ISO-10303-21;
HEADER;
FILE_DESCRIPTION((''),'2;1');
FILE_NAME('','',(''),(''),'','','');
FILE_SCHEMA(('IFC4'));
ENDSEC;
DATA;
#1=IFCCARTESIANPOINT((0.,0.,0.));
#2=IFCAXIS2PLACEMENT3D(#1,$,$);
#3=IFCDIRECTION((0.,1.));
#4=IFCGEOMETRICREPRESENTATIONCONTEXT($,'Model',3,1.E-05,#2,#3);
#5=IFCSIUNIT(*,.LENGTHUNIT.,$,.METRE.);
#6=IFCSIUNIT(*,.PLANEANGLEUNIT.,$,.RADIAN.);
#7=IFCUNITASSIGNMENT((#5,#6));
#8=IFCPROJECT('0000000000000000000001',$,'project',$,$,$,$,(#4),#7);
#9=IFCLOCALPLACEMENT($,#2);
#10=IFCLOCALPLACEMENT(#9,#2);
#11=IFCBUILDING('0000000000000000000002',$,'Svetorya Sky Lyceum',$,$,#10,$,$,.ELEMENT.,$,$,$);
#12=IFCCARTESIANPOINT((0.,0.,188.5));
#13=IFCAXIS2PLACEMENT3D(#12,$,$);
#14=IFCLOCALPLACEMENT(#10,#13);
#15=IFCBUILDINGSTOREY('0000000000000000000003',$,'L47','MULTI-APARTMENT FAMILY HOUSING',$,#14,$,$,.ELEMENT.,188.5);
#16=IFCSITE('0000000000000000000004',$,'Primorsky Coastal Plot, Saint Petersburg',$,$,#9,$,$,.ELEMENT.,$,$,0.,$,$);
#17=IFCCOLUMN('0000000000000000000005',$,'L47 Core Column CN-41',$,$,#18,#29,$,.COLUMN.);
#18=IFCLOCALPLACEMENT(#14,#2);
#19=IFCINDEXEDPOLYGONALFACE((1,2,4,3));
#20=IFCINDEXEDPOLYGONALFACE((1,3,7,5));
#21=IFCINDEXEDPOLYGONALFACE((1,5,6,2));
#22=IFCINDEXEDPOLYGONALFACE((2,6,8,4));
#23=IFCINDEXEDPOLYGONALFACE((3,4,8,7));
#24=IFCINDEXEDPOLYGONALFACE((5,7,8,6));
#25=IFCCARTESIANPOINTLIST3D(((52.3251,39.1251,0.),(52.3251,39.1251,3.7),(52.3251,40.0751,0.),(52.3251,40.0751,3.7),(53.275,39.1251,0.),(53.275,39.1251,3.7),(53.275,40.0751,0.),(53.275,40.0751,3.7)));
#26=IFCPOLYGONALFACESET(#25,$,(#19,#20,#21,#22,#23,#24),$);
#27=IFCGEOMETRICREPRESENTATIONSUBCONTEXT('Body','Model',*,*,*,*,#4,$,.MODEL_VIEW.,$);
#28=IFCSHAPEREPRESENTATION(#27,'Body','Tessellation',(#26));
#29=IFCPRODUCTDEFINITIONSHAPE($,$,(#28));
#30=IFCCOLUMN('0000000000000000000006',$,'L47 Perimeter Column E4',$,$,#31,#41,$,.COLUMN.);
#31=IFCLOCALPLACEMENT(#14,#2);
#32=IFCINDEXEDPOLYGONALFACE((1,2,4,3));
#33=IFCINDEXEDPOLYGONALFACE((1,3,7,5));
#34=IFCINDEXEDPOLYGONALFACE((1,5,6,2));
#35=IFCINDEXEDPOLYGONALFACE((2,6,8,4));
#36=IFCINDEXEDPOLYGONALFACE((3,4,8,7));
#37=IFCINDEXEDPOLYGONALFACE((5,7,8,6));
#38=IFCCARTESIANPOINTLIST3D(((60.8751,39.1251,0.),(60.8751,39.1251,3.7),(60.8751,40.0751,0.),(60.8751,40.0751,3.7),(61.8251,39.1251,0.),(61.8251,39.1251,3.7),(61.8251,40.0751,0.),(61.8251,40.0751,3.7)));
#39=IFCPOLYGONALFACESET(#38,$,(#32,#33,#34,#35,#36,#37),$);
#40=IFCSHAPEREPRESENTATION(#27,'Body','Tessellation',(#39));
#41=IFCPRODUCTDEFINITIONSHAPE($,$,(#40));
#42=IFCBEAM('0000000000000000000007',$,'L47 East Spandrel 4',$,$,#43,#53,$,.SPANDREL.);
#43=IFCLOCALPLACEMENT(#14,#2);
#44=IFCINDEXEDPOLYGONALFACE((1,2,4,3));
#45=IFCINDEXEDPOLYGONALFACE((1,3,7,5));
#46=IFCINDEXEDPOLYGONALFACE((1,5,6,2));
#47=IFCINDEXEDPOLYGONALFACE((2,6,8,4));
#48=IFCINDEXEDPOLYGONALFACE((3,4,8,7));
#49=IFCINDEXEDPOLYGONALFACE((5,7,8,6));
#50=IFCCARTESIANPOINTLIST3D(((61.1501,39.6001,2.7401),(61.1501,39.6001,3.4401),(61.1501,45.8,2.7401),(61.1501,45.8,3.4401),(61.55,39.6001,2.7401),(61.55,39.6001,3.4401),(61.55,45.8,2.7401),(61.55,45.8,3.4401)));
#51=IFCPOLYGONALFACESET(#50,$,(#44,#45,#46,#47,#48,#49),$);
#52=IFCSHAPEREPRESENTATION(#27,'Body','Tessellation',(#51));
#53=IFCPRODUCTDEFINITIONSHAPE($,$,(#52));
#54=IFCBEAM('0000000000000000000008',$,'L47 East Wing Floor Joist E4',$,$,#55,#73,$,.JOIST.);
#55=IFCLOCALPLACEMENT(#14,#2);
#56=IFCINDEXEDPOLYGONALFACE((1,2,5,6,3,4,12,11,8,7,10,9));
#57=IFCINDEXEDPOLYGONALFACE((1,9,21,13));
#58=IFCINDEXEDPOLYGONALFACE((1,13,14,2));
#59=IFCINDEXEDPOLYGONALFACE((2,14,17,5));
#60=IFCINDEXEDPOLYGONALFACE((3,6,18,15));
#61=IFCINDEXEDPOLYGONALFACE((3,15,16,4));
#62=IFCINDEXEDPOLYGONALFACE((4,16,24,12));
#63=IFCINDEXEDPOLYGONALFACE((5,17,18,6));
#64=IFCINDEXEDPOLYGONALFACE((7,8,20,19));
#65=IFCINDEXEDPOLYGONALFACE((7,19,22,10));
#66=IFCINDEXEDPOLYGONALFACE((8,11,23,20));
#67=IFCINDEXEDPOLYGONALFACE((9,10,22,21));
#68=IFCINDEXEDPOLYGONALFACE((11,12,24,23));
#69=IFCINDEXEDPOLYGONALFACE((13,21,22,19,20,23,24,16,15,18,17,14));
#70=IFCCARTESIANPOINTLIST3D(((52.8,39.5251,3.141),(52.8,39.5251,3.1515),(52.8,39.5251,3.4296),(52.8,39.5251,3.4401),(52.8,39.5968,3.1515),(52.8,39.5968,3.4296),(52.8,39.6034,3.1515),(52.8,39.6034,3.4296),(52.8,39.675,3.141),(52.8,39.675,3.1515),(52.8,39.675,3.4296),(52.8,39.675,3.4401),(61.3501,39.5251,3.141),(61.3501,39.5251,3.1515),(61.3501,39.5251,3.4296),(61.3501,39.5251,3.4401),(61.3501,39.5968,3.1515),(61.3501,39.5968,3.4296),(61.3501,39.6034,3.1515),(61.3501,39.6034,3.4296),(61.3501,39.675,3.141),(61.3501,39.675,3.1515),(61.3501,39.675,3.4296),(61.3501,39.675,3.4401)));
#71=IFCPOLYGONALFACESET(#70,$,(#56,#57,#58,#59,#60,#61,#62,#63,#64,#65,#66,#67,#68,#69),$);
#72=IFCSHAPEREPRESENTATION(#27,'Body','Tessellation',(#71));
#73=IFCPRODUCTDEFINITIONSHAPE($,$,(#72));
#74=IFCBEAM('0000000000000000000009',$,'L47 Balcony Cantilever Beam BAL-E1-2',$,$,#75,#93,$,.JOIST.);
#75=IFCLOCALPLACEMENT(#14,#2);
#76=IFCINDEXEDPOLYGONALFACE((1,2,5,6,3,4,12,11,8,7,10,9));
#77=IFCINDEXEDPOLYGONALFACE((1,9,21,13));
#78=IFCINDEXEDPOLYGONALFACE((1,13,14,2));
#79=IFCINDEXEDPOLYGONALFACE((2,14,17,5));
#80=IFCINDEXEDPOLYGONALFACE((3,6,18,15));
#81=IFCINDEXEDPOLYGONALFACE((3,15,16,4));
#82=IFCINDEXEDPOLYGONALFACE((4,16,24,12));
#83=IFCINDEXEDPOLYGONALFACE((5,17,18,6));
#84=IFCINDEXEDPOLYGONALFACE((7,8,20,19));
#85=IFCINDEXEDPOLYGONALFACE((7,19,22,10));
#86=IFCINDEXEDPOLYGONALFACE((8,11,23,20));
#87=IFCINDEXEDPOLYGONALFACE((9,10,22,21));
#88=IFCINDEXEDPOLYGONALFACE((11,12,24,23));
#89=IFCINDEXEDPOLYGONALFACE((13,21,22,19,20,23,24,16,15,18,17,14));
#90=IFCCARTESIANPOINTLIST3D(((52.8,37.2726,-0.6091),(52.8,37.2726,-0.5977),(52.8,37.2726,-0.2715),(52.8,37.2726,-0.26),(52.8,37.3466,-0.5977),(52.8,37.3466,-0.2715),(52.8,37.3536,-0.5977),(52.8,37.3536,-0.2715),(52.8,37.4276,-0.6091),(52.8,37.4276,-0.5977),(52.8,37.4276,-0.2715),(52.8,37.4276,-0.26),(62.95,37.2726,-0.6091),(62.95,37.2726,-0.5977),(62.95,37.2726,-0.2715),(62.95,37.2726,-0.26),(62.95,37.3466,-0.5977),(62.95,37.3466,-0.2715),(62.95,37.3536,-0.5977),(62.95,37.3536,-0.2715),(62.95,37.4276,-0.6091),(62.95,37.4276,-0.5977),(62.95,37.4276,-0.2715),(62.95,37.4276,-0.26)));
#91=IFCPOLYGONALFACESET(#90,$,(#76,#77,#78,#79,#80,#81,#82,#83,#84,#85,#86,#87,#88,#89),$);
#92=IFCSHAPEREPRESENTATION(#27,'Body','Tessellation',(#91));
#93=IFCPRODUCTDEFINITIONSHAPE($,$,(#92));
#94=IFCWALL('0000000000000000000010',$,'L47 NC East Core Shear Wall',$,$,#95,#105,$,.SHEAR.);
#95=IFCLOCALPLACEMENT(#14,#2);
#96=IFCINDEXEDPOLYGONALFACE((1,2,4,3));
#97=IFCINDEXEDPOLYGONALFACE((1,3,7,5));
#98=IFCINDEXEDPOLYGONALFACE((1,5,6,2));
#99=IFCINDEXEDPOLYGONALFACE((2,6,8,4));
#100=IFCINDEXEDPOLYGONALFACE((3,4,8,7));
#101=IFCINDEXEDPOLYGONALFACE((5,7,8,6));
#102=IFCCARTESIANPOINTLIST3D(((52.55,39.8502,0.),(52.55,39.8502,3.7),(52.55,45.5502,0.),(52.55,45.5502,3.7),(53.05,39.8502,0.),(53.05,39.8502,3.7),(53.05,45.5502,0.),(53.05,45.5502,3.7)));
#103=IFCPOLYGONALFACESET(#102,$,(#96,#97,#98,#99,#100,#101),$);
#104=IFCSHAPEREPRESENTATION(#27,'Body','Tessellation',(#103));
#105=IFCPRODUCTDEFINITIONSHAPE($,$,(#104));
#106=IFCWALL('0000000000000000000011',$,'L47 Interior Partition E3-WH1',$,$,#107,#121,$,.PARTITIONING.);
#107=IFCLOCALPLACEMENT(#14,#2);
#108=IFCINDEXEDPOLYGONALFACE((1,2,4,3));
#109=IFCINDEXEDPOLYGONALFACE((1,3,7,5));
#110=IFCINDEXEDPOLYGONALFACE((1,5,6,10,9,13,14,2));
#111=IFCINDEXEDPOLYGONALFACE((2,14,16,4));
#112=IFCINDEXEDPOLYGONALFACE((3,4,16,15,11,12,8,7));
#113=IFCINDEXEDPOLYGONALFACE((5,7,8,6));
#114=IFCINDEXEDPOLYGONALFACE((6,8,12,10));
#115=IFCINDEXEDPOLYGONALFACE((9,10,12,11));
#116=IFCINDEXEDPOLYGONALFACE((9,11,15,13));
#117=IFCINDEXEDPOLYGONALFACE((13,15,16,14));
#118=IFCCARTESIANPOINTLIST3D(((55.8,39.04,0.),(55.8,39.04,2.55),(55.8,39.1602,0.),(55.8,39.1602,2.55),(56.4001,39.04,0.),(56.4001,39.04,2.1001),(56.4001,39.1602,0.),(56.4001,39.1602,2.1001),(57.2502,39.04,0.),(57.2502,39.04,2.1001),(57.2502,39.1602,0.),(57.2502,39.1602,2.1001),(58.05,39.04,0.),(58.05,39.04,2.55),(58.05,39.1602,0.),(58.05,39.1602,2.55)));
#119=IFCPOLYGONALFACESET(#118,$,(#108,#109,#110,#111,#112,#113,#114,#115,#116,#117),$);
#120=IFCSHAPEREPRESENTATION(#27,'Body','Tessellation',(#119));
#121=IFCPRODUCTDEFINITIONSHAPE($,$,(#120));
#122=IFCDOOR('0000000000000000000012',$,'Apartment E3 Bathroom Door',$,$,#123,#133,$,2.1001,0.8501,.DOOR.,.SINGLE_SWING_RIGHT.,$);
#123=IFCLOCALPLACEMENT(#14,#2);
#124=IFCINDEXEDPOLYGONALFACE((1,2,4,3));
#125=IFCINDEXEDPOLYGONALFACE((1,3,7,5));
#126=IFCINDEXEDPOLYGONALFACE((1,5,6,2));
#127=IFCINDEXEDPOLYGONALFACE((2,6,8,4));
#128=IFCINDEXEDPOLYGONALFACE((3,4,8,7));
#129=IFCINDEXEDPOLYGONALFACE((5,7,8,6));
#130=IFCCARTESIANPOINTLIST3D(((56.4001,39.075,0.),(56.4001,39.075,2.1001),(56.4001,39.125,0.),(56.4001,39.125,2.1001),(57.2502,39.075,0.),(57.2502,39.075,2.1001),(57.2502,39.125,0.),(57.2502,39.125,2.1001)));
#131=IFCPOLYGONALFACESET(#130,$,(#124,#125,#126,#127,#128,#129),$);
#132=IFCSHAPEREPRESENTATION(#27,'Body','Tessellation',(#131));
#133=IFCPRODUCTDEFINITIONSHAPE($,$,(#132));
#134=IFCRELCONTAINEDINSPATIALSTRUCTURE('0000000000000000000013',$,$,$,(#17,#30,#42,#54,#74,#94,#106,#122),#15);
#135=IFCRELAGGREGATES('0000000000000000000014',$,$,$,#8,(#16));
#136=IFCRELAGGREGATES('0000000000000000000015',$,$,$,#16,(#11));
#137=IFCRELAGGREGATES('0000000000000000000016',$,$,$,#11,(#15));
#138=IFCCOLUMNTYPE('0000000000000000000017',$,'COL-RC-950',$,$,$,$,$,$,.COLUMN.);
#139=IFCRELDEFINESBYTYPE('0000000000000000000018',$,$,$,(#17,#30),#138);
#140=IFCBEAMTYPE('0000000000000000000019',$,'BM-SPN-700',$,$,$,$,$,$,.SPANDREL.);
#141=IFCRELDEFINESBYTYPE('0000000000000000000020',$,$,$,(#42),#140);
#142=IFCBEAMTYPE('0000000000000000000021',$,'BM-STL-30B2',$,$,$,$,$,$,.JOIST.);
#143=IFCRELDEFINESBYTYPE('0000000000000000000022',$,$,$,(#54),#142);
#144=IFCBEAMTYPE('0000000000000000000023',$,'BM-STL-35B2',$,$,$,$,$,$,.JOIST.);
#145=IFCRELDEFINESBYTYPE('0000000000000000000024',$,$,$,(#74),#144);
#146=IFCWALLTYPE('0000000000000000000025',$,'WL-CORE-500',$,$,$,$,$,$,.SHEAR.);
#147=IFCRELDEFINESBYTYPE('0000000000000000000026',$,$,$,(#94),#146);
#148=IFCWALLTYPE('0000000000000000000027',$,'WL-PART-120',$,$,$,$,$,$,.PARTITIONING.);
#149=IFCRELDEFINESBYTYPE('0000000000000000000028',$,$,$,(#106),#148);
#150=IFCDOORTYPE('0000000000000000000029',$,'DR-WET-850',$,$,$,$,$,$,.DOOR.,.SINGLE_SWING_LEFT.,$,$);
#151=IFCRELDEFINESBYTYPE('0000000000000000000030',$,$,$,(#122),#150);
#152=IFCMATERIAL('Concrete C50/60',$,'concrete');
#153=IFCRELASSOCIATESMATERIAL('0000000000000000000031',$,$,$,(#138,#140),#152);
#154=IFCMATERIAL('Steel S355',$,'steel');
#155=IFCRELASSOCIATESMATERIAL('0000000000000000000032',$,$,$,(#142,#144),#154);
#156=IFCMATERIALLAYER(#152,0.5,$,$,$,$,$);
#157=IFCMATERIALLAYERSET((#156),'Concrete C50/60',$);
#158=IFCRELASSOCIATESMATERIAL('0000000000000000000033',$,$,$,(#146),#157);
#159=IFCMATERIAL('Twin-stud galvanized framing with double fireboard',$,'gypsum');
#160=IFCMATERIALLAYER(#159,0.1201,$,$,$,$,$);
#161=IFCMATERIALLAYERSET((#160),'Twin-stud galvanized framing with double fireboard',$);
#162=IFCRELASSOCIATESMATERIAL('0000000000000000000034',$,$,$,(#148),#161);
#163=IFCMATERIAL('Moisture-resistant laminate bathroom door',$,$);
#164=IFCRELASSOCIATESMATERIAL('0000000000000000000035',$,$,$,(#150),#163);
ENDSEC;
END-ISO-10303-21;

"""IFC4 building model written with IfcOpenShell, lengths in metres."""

from ifc_helpers import new_model, si_unit, direction, frame, frame_2d, origin, origin_2d, place, context, subcontext, project, spatial, rectangle, i_section, extrude, material, layer, layer_set, material_profile, profile_set, type_object, element, fill, save


model = new_model("IFC4")

# Units and contexts
model_context = context("Model", 3, precision=1e-05, world=origin(), true_north=direction((0.0, 1.0)))
body_context = subcontext(model_context, "Body", "Model", "MODEL_VIEW")
ifc_project = project(units=[si_unit("LENGTHUNIT", "METRE"), si_unit("PLANEANGLEUNIT", "RADIAN")], contexts=[model_context])

# Site, building, storey
site_placement = place(None, origin())
site = spatial("IfcSite", under=ifc_project, at=site_placement, Name="Primorsky Coastal Plot, Saint Petersburg", CompositionType="ELEMENT", RefElevation=0.0)
building_placement = place(site_placement, origin())
building = spatial("IfcBuilding", under=site, at=building_placement, Name="Svetorya Sky Lyceum", CompositionType="ELEMENT")
storey_placement = place(building_placement, frame((0.0, 0.0, 188.5)))
storey = spatial("IfcBuildingStorey", under=building, at=storey_placement, Name="L47", Description="MULTI-APARTMENT FAMILY HOUSING", CompositionType="ELEMENT", Elevation=188.5)

# Columns
ifc_material_1 = material(Name="Concrete C50/60", Category="concrete")
ifc_material_profile_1 = material_profile(ifc_material_1, rectangle(XDim=0.95, YDim=0.95, at=origin_2d()), Name="RC COL 950x950")
ifc_profile_set_1 = profile_set([ifc_material_profile_1], Name="Concrete C50/60")
column_type = type_object("IfcColumnType", Name="COL-RC-950", PredefinedType="COLUMN", material=ifc_profile_set_1)
for number, where, z_axis, x_axis, name in (
    (1, (52.8, 39.6001, 0.0), (0.0, 0.0, 1.0), (1.0, 0.0, 0.0), "L47 Core Column CN-41"),
    (2, (61.3501, 39.6001, 0.0), (0.0, 0.0, 1.0), (1.0, 0.0, 0.0), "L47 Perimeter Column E4"),
):
    element("IfcColumn", number, at=place(storey_placement, frame(where, z_axis=z_axis, x_axis=x_axis)), inside=storey, type_object=column_type, Name=name, PredefinedType="COLUMN", context=body_context, shape_type="SweptSolid", body=[
        extrude(rectangle(XDim=0.95, YDim=0.95, at=origin_2d()), origin(), (0.0, 0.0, 1.0), 3.7),
    ])

# Beams
ifc_material_profile_2 = material_profile(ifc_material_1, rectangle(XDim=0.3999, YDim=0.7, at=origin_2d()), Name="RC SPANDREL 400x700")
ifc_profile_set_2 = profile_set([ifc_material_profile_2], Name="Concrete C50/60")
beam_type_1 = type_object("IfcBeamType", Name="BM-SPN-700", PredefinedType="SPANDREL", material=ifc_profile_set_2)
beam_1_placement = place(storey_placement, frame((61.3501, 39.6001, 3.0901), z_axis=(0.0, 1.0, 0.0), x_axis=(-1.0, 0.0, 0.0)))
element("IfcBeam", 3, at=beam_1_placement, inside=storey, type_object=beam_type_1, Name="L47 East Spandrel 4", PredefinedType="SPANDREL", context=body_context, shape_type="SweptSolid", body=[
    extrude(rectangle(XDim=0.3999, YDim=0.7, at=origin_2d()), origin(), (0.0, 0.0, 1.0), 6.2),
])
ifc_material_2 = material(Name="Steel S355", Category="steel")
ifc_material_profile_3 = material_profile(ifc_material_2, i_section(OverallWidth=0.1499, OverallDepth=0.2991, WebThickness=0.0066, FlangeThickness=0.0105, at=origin_2d()), Name="GOST 30B2")
ifc_profile_set_3 = profile_set([ifc_material_profile_3], Name="Steel S355")
beam_type_2 = type_object("IfcBeamType", Name="BM-STL-30B2", PredefinedType="JOIST", material=ifc_profile_set_3)
beam_2_placement = place(storey_placement, frame((52.8, 39.6001, 3.2905), z_axis=(1.0, 0.0, 0.0), x_axis=(0.0, 1.0, 0.0)))
element("IfcBeam", 4, at=beam_2_placement, inside=storey, type_object=beam_type_2, Name="L47 East Wing Floor Joist E4", PredefinedType="JOIST", context=body_context, shape_type="SweptSolid", body=[
    extrude(i_section(OverallWidth=0.1499, OverallDepth=0.2991, WebThickness=0.0066, FlangeThickness=0.0105, at=origin_2d()), origin(), (0.0, 0.0, 1.0), 8.55),
])
ifc_material_profile_4 = material_profile(ifc_material_2, i_section(OverallWidth=0.155, OverallDepth=0.3491, WebThickness=0.0071, FlangeThickness=0.0115, at=origin_2d()), Name="GOST 35B2")
ifc_profile_set_4 = profile_set([ifc_material_profile_4], Name="Steel S355")
beam_type_3 = type_object("IfcBeamType", Name="BM-STL-35B2", PredefinedType="JOIST", material=ifc_profile_set_4)
beam_3_placement = place(storey_placement, frame((52.8, 37.3501, -0.4346), z_axis=(1.0, 0.0, 0.0), x_axis=(0.0, 1.0, 0.0)))
element("IfcBeam", 5, at=beam_3_placement, inside=storey, type_object=beam_type_3, Name="L47 Balcony Cantilever Beam BAL-E1-2", PredefinedType="JOIST", context=body_context, shape_type="SweptSolid", body=[
    extrude(i_section(OverallWidth=0.155, OverallDepth=0.3491, WebThickness=0.0071, FlangeThickness=0.0115, at=origin_2d()), origin(), (0.0, 0.0, 1.0), 10.1499),
])

# Wall
ifc_layer_1 = layer(ifc_material_1, 0.5)
ifc_layer_set_1 = layer_set([ifc_layer_1], Name="Concrete C50/60")
wall_type_1 = type_object("IfcWallType", Name="WL-CORE-500", PredefinedType="SHEAR", material=ifc_layer_set_1)
wall_1_placement = place(storey_placement, frame((52.8, 39.8501, 0.0), z_axis=(0.0, 0.0, 1.0), x_axis=(0.0, 1.0, 0.0)))
element("IfcWall", 6, at=wall_1_placement, inside=storey, type_object=wall_type_1, Name="L47 NC East Core Shear Wall", PredefinedType="SHEAR", context=body_context, shape_type="SweptSolid", body=[
    extrude(rectangle(XDim=5.7, YDim=0.5, at=frame_2d((2.8501, 0.0))), origin(), (0.0, 0.0, 1.0), 3.7),
])

# Wall, opening, door
ifc_material_3 = material(Name="Twin-stud galvanized framing with double fireboard", Category="gypsum")
ifc_layer_2 = layer(ifc_material_3, 0.1201)
ifc_layer_set_2 = layer_set([ifc_layer_2], Name="Twin-stud galvanized framing with double fireboard")
wall_type_2 = type_object("IfcWallType", Name="WL-PART-120", PredefinedType="PARTITIONING", material=ifc_layer_set_2)
wall_2_placement = place(storey_placement, frame((55.8, 39.1001, 0.0), z_axis=(0.0, 0.0, 1.0), x_axis=(1.0, 0.0, 0.0)))
wall_2 = element("IfcWall", 7, at=wall_2_placement, inside=storey, type_object=wall_type_2, Name="L47 Interior Partition E3-WH1", PredefinedType="PARTITIONING", context=body_context, shape_type="SweptSolid", body=[
    extrude(rectangle(XDim=2.25, YDim=0.1201, at=frame_2d((1.125, 0.0))), origin(), (0.0, 0.0, 1.0), 2.55),
])
opening_1_placement = place(wall_2_placement, frame((0.6001, 0.0, 0.0)))
opening_1 = element("IfcOpeningElement", 8, at=opening_1_placement, cuts=wall_2, PredefinedType="OPENING", context=body_context, shape_type="SweptSolid", body=[
    extrude(rectangle(XDim=0.8501, YDim=2.1001, at=frame_2d((0.425, 1.05))), frame((0.0, 0.0701, 0.0), z_axis=(0.0, -1.0, 0.0), x_axis=(1.0, 0.0, 0.0)), (0.0, 0.0, 1.0), 0.1401),
])
ifc_material_4 = material(Name="Moisture-resistant laminate bathroom door")
door_type_1 = type_object("IfcDoorType", Name="DR-WET-850", OperationType="SINGLE_SWING_LEFT", PredefinedType="DOOR", material=ifc_material_4)
door_1_placement = place(opening_1_placement, origin())
door_1 = element("IfcDoor", 9, at=door_1_placement, inside=storey, type_object=door_type_1, Name="Apartment E3 Bathroom Door", OperationType="SINGLE_SWING_RIGHT", OverallHeight=2.1001, OverallWidth=0.8501, PredefinedType="DOOR", context=body_context, shape_type="SweptSolid", body=[
    extrude(rectangle(XDim=0.8501, YDim=2.1001, at=frame_2d((0.425, 1.05))), frame((0.0, 0.0249, 0.0), z_axis=(0.0, -1.0, 0.0), x_axis=(1.0, 0.0, 0.0)), (0.0, 0.0, 1.0), 0.05),
])
fill(opening_1, door_1)

save(model, "model.ifc")
